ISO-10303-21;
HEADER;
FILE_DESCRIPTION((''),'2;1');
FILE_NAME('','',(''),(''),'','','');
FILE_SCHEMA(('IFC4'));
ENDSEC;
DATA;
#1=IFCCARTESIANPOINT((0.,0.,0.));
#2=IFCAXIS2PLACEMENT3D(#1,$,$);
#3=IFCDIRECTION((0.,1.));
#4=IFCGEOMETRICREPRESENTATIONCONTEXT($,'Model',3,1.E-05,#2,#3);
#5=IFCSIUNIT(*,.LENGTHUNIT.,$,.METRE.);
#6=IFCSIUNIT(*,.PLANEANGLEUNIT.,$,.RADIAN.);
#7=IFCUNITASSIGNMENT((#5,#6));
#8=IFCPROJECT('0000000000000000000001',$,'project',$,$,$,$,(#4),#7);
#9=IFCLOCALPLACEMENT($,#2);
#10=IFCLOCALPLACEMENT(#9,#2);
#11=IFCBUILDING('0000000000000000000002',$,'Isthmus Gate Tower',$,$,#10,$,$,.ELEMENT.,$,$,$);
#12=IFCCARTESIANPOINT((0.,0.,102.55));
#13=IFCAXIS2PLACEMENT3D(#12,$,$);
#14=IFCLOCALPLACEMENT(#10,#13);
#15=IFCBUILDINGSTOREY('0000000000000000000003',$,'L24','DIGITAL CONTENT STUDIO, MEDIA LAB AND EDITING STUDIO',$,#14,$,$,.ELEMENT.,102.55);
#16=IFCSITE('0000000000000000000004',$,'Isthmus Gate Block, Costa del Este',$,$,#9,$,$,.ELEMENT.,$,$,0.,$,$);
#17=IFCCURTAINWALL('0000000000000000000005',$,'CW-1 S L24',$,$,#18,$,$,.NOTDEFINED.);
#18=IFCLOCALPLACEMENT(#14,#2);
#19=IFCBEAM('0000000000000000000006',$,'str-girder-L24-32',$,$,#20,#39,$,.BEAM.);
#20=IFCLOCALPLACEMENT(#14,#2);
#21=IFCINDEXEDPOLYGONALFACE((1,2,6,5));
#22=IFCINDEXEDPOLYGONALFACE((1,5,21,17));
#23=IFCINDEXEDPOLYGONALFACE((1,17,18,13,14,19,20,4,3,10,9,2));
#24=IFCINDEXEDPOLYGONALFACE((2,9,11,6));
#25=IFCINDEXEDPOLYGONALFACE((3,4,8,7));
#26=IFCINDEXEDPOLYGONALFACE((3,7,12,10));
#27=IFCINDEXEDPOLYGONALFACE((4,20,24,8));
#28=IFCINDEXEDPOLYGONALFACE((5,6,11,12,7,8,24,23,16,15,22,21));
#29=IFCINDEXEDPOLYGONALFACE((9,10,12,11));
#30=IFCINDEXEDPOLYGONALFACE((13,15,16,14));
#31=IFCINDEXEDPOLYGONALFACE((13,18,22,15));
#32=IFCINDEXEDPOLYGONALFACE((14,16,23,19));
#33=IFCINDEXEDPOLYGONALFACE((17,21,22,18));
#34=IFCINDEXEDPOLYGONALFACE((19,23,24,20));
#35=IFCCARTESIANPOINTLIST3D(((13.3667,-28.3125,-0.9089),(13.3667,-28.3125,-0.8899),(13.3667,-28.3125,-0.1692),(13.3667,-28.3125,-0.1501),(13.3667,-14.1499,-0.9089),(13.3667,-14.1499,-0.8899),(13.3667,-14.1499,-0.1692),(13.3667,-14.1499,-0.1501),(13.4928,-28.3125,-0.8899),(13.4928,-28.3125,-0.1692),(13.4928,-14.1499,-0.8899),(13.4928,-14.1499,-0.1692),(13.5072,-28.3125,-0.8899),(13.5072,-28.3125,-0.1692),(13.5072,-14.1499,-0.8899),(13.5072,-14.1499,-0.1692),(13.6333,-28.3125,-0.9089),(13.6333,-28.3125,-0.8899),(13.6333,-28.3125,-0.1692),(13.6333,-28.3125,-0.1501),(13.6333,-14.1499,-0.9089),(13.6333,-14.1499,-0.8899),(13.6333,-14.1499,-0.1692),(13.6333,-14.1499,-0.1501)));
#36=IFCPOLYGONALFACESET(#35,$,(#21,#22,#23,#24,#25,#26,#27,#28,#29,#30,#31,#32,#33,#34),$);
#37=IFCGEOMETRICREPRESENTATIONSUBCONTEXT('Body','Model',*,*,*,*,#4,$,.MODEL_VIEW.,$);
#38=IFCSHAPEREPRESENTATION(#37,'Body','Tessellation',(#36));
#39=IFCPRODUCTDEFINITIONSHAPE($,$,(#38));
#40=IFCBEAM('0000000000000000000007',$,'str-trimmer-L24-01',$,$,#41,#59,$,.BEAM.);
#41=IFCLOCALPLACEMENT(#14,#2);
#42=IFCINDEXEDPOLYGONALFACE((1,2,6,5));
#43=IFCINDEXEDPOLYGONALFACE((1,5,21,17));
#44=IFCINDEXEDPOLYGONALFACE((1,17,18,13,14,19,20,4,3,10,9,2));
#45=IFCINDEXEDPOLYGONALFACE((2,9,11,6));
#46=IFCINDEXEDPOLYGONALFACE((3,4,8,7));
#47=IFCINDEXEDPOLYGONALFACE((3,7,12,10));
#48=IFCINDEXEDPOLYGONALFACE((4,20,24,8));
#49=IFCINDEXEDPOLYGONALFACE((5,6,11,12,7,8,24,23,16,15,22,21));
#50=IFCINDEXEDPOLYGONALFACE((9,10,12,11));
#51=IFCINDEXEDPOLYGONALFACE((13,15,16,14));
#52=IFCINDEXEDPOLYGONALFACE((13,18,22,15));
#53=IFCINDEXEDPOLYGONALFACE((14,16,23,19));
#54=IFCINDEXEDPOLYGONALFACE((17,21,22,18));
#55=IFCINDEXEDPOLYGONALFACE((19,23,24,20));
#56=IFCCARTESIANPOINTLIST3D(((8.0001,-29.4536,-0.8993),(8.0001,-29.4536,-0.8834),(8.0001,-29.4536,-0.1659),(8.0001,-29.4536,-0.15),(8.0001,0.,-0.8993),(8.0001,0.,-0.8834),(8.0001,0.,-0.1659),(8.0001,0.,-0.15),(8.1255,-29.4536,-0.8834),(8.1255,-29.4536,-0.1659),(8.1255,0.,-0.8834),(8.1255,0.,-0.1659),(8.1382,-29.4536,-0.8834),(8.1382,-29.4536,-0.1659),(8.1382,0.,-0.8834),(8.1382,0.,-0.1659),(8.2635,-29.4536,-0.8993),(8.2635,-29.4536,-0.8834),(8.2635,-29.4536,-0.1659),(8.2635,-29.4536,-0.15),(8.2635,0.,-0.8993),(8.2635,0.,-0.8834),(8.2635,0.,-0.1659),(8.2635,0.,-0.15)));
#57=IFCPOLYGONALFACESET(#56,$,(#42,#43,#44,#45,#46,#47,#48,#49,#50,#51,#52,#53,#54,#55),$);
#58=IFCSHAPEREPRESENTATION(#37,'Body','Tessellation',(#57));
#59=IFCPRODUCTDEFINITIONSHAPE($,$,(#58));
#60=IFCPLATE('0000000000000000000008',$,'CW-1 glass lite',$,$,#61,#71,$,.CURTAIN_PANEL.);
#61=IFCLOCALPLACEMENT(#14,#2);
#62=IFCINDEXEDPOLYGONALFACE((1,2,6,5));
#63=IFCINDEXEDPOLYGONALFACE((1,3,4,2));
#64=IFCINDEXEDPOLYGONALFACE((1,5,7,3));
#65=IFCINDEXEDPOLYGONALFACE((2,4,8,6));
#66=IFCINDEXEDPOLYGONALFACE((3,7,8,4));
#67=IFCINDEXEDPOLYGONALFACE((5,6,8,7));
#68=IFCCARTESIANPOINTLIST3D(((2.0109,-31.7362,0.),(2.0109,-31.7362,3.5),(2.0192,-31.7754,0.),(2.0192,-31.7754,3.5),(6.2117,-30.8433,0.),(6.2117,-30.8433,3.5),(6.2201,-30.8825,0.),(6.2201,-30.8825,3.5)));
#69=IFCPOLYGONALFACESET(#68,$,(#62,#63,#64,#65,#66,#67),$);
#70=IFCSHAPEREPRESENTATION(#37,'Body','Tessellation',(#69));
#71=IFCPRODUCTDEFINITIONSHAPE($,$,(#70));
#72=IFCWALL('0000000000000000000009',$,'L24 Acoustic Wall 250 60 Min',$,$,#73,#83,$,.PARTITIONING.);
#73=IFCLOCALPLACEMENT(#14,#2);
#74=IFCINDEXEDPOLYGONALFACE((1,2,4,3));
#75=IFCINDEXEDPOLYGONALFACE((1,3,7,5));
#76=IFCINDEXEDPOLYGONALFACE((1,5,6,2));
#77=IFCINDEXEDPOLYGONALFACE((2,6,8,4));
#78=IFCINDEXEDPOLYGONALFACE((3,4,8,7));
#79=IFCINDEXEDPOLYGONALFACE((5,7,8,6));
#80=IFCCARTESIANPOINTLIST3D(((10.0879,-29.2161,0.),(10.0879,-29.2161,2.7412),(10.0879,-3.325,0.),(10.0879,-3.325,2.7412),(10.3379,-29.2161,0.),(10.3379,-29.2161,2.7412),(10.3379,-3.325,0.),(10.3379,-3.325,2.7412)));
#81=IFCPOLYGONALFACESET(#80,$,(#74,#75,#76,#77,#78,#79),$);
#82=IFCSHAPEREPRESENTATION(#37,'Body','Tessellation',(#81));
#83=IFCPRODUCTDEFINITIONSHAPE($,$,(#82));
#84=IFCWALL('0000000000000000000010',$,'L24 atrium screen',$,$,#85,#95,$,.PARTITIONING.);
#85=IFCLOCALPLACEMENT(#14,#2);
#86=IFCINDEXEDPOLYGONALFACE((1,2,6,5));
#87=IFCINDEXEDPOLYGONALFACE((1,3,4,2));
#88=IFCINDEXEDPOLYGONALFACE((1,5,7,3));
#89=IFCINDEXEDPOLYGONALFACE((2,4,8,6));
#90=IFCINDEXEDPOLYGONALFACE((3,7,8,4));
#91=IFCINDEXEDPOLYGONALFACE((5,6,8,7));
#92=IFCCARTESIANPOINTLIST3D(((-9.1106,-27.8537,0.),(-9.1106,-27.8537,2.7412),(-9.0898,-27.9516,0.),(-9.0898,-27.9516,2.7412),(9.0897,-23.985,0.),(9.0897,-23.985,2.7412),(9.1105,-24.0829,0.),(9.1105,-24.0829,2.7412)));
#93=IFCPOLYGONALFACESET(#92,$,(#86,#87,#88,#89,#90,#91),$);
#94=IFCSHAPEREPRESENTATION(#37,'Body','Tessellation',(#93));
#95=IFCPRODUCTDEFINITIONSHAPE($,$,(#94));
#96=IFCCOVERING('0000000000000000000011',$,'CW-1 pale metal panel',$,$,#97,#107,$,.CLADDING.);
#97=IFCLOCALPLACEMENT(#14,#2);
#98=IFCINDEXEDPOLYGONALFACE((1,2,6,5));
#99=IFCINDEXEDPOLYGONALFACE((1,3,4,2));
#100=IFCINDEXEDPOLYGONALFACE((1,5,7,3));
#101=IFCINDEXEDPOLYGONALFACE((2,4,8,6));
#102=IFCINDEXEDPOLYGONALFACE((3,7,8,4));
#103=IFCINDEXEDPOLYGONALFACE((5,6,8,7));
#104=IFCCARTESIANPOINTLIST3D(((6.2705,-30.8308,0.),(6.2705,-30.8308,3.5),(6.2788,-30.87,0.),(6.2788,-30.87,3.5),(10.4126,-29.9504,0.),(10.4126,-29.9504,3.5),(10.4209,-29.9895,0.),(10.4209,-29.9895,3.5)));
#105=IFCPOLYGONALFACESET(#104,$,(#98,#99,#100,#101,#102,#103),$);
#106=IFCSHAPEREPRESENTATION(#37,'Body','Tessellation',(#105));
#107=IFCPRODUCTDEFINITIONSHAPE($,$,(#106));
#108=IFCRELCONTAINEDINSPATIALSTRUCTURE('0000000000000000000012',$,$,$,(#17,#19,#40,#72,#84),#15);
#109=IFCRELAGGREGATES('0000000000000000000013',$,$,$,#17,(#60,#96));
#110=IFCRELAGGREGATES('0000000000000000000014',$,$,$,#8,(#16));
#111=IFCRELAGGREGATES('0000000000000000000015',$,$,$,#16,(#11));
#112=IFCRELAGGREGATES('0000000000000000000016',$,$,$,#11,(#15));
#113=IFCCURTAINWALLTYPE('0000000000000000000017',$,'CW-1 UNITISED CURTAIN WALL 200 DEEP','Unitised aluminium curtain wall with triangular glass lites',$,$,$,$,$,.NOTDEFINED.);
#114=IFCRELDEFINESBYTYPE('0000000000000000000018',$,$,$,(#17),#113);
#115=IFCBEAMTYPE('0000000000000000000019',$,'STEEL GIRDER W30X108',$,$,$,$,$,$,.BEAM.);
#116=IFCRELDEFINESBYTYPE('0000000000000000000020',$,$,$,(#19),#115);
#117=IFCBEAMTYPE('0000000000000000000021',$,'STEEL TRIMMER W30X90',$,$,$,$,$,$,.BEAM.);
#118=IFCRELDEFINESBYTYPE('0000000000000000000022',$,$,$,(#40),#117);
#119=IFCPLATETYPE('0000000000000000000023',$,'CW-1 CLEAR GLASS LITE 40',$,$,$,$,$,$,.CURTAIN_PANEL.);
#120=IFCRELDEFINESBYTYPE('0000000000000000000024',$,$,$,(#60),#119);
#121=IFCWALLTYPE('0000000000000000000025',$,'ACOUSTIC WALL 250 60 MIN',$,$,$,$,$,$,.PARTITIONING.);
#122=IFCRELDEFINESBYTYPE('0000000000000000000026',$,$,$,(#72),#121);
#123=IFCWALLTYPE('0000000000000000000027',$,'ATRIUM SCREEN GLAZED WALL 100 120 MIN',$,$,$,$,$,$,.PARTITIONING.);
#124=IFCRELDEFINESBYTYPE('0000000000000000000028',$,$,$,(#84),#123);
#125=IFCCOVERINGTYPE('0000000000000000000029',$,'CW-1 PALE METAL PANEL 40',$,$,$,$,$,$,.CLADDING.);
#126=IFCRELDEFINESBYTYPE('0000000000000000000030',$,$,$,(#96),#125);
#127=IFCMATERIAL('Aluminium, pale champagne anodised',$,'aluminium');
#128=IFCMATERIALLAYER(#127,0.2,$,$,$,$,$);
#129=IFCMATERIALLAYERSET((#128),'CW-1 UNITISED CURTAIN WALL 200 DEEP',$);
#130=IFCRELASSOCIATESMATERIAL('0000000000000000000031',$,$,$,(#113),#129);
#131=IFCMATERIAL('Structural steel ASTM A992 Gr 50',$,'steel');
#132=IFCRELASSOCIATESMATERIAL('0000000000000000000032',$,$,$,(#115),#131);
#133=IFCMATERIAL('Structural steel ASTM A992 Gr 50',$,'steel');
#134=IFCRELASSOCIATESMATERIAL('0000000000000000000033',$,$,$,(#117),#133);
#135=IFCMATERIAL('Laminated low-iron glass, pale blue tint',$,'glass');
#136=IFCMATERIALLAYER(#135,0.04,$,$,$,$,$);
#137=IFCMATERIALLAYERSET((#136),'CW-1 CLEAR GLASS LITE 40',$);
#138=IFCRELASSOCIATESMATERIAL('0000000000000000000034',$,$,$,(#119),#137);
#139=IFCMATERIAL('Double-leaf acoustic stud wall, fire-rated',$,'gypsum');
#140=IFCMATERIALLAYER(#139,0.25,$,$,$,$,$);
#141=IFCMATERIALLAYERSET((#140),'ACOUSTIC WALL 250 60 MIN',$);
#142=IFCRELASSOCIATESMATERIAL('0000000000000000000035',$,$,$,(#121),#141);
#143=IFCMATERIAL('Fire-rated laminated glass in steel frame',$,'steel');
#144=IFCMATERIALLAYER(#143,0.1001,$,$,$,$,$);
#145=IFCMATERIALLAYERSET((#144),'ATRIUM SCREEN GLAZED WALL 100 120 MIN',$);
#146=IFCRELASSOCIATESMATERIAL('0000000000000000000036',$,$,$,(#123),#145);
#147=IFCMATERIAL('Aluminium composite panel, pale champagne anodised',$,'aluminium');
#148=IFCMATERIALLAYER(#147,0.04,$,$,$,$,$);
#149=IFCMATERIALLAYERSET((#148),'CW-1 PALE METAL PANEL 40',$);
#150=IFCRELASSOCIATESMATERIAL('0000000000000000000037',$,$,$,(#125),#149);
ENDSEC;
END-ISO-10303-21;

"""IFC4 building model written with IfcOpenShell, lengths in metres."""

from ifc_helpers import new_model, si_unit, direction, frame, frame_2d, origin, origin_2d, place, context, subcontext, project, spatial, rectangle, i_section, extrude, material, layer, layer_set, material_profile, profile_set, type_object, element, aggregate, save


model = new_model("IFC4")

# Units and contexts
model_context = context("Model", 3, precision=1e-05, world=origin(), true_north=direction((0.0, 1.0)))
body_context = subcontext(model_context, "Body", "Model", "MODEL_VIEW")
ifc_project = project(units=[si_unit("LENGTHUNIT", "METRE"), si_unit("PLANEANGLEUNIT", "RADIAN")], contexts=[model_context])

# Site, building, storey
site_placement = place(None, origin())
site = spatial("IfcSite", under=ifc_project, at=site_placement, Name="Isthmus Gate Block, Costa del Este", CompositionType="ELEMENT", RefElevation=0.0)
building_placement = place(site_placement, origin())
building = spatial("IfcBuilding", under=site, at=building_placement, Name="Isthmus Gate Tower", CompositionType="ELEMENT")
storey_placement = place(building_placement, frame((0.0, 0.0, 102.55)))
storey = spatial("IfcBuildingStorey", under=building, at=storey_placement, Name="L24", Description="DIGITAL CONTENT STUDIO, MEDIA LAB AND EDITING STUDIO", CompositionType="ELEMENT", Elevation=102.55)

# Curtain wall
ifc_material_1 = material(Name="Aluminium, pale champagne anodised", Category="aluminium")
ifc_layer_1 = layer(ifc_material_1, 0.2)
ifc_layer_set_1 = layer_set([ifc_layer_1], Name="CW-1 UNITISED CURTAIN WALL 200 DEEP")
curtain_wall_type = type_object("IfcCurtainWallType", Name="CW-1 UNITISED CURTAIN WALL 200 DEEP", Description="Unitised aluminium curtain wall with triangular glass lites", PredefinedType="NOTDEFINED", material=ifc_layer_set_1)
curtain_wall_placement = place(storey_placement, origin())
curtain_wall = element("IfcCurtainWall", 1, at=curtain_wall_placement, inside=storey, type_object=curtain_wall_type, Name="CW-1 S L24", PredefinedType="NOTDEFINED")

# Beams
ifc_material_2 = material(Name="Structural steel ASTM A992 Gr 50", Category="steel")
ifc_material_profile_1 = material_profile(ifc_material_2, i_section(OverallWidth=0.2666, OverallDepth=0.7588, WebThickness=0.0144, FlangeThickness=0.019, at=origin_2d()), Name="W30X108")
ifc_profile_set_1 = profile_set([ifc_material_profile_1], Name="Structural steel ASTM A992 Gr 50")
beam_type_1 = type_object("IfcBeamType", Name="STEEL GIRDER W30X108", PredefinedType="BEAM", material=ifc_profile_set_1)
beam_1_placement = place(storey_placement, frame((13.5, -28.3125, -0.5295), z_axis=(0.0, 1.0, 0.0), x_axis=(-1.0, 0.0, 0.0)))
element("IfcBeam", 2, at=beam_1_placement, inside=storey, type_object=beam_type_1, Name="str-girder-L24-32", PredefinedType="BEAM", context=body_context, shape_type="SweptSolid", body=[
    extrude(i_section(OverallWidth=0.2666, OverallDepth=0.7588, WebThickness=0.0144, FlangeThickness=0.019, at=origin_2d()), origin(), (0.0, 0.0, 1.0), 14.1626),
])
ifc_material_3 = material(Name="Structural steel ASTM A992 Gr 50", Category="steel")
ifc_material_profile_2 = material_profile(ifc_material_3, i_section(OverallWidth=0.2634, OverallDepth=0.7493, WebThickness=0.0127, FlangeThickness=0.0159, at=origin_2d()), Name="W30X90")
ifc_profile_set_2 = profile_set([ifc_material_profile_2], Name="Structural steel ASTM A992 Gr 50")
beam_type_2 = type_object("IfcBeamType", Name="STEEL TRIMMER W30X90", PredefinedType="BEAM", material=ifc_profile_set_2)
beam_2_placement = place(storey_placement, frame((8.1318, -29.4536, -0.5247), z_axis=(0.0, 1.0, 0.0), x_axis=(-1.0, 0.0, 0.0)))
element("IfcBeam", 3, at=beam_2_placement, inside=storey, type_object=beam_type_2, Name="str-trimmer-L24-01", PredefinedType="BEAM", context=body_context, shape_type="SweptSolid", body=[
    extrude(i_section(OverallWidth=0.2634, OverallDepth=0.7493, WebThickness=0.0127, FlangeThickness=0.0159, at=origin_2d()), origin(), (0.0, 0.0, 1.0), 29.4536),
])

# Plate
ifc_material_4 = material(Name="Laminated low-iron glass, pale blue tint", Category="glass")
ifc_layer_2 = layer(ifc_material_4, 0.04)
ifc_layer_set_2 = layer_set([ifc_layer_2], Name="CW-1 CLEAR GLASS LITE 40")
plate_type = type_object("IfcPlateType", Name="CW-1 CLEAR GLASS LITE 40", PredefinedType="CURTAIN_PANEL", material=ifc_layer_set_2)
plate_placement = place(storey_placement, frame((4.1155, -31.3093, 0.0), z_axis=(0.0, 0.0, 1.0), x_axis=(0.978148, 0.207912, 0.0)))
plate = element("IfcPlate", 4, at=plate_placement, type_object=plate_type, Name="CW-1 glass lite", PredefinedType="CURTAIN_PANEL", context=body_context, shape_type="SweptSolid", body=[
    extrude(rectangle(XDim=4.2947, YDim=0.04, at=origin_2d()), origin(), (0.0, 0.0, 1.0), 3.5),
])

# Walls
ifc_material_5 = material(Name="Double-leaf acoustic stud wall, fire-rated", Category="gypsum")
ifc_layer_3 = layer(ifc_material_5, 0.25)
ifc_layer_set_3 = layer_set([ifc_layer_3], Name="ACOUSTIC WALL 250 60 MIN")
wall_type_1 = type_object("IfcWallType", Name="ACOUSTIC WALL 250 60 MIN", PredefinedType="PARTITIONING", material=ifc_layer_set_3)
wall_1_placement = place(storey_placement, frame((10.2129, -29.2161, 0.0), z_axis=(0.0, 0.0, 1.0), x_axis=(0.0, 1.0, 0.0)))
element("IfcWall", 5, at=wall_1_placement, inside=storey, type_object=wall_type_1, Name="L24 Acoustic Wall 250 60 Min", PredefinedType="PARTITIONING", context=body_context, shape_type="SweptSolid", body=[
    extrude(rectangle(XDim=25.8911, YDim=0.25, at=frame_2d((12.9456, 0.0))), origin(), (0.0, 0.0, 1.0), 2.7412),
])
ifc_material_6 = material(Name="Fire-rated laminated glass in steel frame", Category="steel")
ifc_layer_4 = layer(ifc_material_6, 0.1001)
ifc_layer_set_4 = layer_set([ifc_layer_4], Name="ATRIUM SCREEN GLAZED WALL 100 120 MIN")
wall_type_2 = type_object("IfcWallType", Name="ATRIUM SCREEN GLAZED WALL 100 120 MIN", PredefinedType="PARTITIONING", material=ifc_layer_set_4)
wall_2_placement = place(storey_placement, frame((9.1001, -24.0339, 0.0), z_axis=(0.0, 0.0, 1.0), x_axis=(-0.978147, -0.207916, 0.0)))
element("IfcWall", 6, at=wall_2_placement, inside=storey, type_object=wall_type_2, Name="L24 atrium screen", PredefinedType="PARTITIONING", context=body_context, shape_type="SweptSolid", body=[
    extrude(rectangle(XDim=18.6069, YDim=0.1001, at=frame_2d((9.3035, 0.0))), origin(), (0.0, 0.0, 1.0), 2.7412),
])

# Covering
ifc_material_7 = material(Name="Aluminium composite panel, pale champagne anodised", Category="aluminium")
ifc_layer_5 = layer(ifc_material_7, 0.04)
ifc_layer_set_5 = layer_set([ifc_layer_5], Name="CW-1 PALE METAL PANEL 40")
covering_type = type_object("IfcCoveringType", Name="CW-1 PALE METAL PANEL 40", PredefinedType="CLADDING", material=ifc_layer_set_5)
covering_placement = place(storey_placement, frame((8.3457, -30.4102, 0.0), z_axis=(0.0, 0.0, 1.0), x_axis=(0.978148, 0.207912, 0.0)))
covering = element("IfcCovering", 7, at=covering_placement, type_object=covering_type, Name="CW-1 pale metal panel", PredefinedType="CLADDING", context=body_context, shape_type="SweptSolid", body=[
    extrude(rectangle(XDim=4.2346, YDim=0.04, at=origin_2d()), origin(), (0.0, 0.0, 1.0), 3.5),
])
aggregate(curtain_wall, [plate, covering])

save(model, "model.ifc")
